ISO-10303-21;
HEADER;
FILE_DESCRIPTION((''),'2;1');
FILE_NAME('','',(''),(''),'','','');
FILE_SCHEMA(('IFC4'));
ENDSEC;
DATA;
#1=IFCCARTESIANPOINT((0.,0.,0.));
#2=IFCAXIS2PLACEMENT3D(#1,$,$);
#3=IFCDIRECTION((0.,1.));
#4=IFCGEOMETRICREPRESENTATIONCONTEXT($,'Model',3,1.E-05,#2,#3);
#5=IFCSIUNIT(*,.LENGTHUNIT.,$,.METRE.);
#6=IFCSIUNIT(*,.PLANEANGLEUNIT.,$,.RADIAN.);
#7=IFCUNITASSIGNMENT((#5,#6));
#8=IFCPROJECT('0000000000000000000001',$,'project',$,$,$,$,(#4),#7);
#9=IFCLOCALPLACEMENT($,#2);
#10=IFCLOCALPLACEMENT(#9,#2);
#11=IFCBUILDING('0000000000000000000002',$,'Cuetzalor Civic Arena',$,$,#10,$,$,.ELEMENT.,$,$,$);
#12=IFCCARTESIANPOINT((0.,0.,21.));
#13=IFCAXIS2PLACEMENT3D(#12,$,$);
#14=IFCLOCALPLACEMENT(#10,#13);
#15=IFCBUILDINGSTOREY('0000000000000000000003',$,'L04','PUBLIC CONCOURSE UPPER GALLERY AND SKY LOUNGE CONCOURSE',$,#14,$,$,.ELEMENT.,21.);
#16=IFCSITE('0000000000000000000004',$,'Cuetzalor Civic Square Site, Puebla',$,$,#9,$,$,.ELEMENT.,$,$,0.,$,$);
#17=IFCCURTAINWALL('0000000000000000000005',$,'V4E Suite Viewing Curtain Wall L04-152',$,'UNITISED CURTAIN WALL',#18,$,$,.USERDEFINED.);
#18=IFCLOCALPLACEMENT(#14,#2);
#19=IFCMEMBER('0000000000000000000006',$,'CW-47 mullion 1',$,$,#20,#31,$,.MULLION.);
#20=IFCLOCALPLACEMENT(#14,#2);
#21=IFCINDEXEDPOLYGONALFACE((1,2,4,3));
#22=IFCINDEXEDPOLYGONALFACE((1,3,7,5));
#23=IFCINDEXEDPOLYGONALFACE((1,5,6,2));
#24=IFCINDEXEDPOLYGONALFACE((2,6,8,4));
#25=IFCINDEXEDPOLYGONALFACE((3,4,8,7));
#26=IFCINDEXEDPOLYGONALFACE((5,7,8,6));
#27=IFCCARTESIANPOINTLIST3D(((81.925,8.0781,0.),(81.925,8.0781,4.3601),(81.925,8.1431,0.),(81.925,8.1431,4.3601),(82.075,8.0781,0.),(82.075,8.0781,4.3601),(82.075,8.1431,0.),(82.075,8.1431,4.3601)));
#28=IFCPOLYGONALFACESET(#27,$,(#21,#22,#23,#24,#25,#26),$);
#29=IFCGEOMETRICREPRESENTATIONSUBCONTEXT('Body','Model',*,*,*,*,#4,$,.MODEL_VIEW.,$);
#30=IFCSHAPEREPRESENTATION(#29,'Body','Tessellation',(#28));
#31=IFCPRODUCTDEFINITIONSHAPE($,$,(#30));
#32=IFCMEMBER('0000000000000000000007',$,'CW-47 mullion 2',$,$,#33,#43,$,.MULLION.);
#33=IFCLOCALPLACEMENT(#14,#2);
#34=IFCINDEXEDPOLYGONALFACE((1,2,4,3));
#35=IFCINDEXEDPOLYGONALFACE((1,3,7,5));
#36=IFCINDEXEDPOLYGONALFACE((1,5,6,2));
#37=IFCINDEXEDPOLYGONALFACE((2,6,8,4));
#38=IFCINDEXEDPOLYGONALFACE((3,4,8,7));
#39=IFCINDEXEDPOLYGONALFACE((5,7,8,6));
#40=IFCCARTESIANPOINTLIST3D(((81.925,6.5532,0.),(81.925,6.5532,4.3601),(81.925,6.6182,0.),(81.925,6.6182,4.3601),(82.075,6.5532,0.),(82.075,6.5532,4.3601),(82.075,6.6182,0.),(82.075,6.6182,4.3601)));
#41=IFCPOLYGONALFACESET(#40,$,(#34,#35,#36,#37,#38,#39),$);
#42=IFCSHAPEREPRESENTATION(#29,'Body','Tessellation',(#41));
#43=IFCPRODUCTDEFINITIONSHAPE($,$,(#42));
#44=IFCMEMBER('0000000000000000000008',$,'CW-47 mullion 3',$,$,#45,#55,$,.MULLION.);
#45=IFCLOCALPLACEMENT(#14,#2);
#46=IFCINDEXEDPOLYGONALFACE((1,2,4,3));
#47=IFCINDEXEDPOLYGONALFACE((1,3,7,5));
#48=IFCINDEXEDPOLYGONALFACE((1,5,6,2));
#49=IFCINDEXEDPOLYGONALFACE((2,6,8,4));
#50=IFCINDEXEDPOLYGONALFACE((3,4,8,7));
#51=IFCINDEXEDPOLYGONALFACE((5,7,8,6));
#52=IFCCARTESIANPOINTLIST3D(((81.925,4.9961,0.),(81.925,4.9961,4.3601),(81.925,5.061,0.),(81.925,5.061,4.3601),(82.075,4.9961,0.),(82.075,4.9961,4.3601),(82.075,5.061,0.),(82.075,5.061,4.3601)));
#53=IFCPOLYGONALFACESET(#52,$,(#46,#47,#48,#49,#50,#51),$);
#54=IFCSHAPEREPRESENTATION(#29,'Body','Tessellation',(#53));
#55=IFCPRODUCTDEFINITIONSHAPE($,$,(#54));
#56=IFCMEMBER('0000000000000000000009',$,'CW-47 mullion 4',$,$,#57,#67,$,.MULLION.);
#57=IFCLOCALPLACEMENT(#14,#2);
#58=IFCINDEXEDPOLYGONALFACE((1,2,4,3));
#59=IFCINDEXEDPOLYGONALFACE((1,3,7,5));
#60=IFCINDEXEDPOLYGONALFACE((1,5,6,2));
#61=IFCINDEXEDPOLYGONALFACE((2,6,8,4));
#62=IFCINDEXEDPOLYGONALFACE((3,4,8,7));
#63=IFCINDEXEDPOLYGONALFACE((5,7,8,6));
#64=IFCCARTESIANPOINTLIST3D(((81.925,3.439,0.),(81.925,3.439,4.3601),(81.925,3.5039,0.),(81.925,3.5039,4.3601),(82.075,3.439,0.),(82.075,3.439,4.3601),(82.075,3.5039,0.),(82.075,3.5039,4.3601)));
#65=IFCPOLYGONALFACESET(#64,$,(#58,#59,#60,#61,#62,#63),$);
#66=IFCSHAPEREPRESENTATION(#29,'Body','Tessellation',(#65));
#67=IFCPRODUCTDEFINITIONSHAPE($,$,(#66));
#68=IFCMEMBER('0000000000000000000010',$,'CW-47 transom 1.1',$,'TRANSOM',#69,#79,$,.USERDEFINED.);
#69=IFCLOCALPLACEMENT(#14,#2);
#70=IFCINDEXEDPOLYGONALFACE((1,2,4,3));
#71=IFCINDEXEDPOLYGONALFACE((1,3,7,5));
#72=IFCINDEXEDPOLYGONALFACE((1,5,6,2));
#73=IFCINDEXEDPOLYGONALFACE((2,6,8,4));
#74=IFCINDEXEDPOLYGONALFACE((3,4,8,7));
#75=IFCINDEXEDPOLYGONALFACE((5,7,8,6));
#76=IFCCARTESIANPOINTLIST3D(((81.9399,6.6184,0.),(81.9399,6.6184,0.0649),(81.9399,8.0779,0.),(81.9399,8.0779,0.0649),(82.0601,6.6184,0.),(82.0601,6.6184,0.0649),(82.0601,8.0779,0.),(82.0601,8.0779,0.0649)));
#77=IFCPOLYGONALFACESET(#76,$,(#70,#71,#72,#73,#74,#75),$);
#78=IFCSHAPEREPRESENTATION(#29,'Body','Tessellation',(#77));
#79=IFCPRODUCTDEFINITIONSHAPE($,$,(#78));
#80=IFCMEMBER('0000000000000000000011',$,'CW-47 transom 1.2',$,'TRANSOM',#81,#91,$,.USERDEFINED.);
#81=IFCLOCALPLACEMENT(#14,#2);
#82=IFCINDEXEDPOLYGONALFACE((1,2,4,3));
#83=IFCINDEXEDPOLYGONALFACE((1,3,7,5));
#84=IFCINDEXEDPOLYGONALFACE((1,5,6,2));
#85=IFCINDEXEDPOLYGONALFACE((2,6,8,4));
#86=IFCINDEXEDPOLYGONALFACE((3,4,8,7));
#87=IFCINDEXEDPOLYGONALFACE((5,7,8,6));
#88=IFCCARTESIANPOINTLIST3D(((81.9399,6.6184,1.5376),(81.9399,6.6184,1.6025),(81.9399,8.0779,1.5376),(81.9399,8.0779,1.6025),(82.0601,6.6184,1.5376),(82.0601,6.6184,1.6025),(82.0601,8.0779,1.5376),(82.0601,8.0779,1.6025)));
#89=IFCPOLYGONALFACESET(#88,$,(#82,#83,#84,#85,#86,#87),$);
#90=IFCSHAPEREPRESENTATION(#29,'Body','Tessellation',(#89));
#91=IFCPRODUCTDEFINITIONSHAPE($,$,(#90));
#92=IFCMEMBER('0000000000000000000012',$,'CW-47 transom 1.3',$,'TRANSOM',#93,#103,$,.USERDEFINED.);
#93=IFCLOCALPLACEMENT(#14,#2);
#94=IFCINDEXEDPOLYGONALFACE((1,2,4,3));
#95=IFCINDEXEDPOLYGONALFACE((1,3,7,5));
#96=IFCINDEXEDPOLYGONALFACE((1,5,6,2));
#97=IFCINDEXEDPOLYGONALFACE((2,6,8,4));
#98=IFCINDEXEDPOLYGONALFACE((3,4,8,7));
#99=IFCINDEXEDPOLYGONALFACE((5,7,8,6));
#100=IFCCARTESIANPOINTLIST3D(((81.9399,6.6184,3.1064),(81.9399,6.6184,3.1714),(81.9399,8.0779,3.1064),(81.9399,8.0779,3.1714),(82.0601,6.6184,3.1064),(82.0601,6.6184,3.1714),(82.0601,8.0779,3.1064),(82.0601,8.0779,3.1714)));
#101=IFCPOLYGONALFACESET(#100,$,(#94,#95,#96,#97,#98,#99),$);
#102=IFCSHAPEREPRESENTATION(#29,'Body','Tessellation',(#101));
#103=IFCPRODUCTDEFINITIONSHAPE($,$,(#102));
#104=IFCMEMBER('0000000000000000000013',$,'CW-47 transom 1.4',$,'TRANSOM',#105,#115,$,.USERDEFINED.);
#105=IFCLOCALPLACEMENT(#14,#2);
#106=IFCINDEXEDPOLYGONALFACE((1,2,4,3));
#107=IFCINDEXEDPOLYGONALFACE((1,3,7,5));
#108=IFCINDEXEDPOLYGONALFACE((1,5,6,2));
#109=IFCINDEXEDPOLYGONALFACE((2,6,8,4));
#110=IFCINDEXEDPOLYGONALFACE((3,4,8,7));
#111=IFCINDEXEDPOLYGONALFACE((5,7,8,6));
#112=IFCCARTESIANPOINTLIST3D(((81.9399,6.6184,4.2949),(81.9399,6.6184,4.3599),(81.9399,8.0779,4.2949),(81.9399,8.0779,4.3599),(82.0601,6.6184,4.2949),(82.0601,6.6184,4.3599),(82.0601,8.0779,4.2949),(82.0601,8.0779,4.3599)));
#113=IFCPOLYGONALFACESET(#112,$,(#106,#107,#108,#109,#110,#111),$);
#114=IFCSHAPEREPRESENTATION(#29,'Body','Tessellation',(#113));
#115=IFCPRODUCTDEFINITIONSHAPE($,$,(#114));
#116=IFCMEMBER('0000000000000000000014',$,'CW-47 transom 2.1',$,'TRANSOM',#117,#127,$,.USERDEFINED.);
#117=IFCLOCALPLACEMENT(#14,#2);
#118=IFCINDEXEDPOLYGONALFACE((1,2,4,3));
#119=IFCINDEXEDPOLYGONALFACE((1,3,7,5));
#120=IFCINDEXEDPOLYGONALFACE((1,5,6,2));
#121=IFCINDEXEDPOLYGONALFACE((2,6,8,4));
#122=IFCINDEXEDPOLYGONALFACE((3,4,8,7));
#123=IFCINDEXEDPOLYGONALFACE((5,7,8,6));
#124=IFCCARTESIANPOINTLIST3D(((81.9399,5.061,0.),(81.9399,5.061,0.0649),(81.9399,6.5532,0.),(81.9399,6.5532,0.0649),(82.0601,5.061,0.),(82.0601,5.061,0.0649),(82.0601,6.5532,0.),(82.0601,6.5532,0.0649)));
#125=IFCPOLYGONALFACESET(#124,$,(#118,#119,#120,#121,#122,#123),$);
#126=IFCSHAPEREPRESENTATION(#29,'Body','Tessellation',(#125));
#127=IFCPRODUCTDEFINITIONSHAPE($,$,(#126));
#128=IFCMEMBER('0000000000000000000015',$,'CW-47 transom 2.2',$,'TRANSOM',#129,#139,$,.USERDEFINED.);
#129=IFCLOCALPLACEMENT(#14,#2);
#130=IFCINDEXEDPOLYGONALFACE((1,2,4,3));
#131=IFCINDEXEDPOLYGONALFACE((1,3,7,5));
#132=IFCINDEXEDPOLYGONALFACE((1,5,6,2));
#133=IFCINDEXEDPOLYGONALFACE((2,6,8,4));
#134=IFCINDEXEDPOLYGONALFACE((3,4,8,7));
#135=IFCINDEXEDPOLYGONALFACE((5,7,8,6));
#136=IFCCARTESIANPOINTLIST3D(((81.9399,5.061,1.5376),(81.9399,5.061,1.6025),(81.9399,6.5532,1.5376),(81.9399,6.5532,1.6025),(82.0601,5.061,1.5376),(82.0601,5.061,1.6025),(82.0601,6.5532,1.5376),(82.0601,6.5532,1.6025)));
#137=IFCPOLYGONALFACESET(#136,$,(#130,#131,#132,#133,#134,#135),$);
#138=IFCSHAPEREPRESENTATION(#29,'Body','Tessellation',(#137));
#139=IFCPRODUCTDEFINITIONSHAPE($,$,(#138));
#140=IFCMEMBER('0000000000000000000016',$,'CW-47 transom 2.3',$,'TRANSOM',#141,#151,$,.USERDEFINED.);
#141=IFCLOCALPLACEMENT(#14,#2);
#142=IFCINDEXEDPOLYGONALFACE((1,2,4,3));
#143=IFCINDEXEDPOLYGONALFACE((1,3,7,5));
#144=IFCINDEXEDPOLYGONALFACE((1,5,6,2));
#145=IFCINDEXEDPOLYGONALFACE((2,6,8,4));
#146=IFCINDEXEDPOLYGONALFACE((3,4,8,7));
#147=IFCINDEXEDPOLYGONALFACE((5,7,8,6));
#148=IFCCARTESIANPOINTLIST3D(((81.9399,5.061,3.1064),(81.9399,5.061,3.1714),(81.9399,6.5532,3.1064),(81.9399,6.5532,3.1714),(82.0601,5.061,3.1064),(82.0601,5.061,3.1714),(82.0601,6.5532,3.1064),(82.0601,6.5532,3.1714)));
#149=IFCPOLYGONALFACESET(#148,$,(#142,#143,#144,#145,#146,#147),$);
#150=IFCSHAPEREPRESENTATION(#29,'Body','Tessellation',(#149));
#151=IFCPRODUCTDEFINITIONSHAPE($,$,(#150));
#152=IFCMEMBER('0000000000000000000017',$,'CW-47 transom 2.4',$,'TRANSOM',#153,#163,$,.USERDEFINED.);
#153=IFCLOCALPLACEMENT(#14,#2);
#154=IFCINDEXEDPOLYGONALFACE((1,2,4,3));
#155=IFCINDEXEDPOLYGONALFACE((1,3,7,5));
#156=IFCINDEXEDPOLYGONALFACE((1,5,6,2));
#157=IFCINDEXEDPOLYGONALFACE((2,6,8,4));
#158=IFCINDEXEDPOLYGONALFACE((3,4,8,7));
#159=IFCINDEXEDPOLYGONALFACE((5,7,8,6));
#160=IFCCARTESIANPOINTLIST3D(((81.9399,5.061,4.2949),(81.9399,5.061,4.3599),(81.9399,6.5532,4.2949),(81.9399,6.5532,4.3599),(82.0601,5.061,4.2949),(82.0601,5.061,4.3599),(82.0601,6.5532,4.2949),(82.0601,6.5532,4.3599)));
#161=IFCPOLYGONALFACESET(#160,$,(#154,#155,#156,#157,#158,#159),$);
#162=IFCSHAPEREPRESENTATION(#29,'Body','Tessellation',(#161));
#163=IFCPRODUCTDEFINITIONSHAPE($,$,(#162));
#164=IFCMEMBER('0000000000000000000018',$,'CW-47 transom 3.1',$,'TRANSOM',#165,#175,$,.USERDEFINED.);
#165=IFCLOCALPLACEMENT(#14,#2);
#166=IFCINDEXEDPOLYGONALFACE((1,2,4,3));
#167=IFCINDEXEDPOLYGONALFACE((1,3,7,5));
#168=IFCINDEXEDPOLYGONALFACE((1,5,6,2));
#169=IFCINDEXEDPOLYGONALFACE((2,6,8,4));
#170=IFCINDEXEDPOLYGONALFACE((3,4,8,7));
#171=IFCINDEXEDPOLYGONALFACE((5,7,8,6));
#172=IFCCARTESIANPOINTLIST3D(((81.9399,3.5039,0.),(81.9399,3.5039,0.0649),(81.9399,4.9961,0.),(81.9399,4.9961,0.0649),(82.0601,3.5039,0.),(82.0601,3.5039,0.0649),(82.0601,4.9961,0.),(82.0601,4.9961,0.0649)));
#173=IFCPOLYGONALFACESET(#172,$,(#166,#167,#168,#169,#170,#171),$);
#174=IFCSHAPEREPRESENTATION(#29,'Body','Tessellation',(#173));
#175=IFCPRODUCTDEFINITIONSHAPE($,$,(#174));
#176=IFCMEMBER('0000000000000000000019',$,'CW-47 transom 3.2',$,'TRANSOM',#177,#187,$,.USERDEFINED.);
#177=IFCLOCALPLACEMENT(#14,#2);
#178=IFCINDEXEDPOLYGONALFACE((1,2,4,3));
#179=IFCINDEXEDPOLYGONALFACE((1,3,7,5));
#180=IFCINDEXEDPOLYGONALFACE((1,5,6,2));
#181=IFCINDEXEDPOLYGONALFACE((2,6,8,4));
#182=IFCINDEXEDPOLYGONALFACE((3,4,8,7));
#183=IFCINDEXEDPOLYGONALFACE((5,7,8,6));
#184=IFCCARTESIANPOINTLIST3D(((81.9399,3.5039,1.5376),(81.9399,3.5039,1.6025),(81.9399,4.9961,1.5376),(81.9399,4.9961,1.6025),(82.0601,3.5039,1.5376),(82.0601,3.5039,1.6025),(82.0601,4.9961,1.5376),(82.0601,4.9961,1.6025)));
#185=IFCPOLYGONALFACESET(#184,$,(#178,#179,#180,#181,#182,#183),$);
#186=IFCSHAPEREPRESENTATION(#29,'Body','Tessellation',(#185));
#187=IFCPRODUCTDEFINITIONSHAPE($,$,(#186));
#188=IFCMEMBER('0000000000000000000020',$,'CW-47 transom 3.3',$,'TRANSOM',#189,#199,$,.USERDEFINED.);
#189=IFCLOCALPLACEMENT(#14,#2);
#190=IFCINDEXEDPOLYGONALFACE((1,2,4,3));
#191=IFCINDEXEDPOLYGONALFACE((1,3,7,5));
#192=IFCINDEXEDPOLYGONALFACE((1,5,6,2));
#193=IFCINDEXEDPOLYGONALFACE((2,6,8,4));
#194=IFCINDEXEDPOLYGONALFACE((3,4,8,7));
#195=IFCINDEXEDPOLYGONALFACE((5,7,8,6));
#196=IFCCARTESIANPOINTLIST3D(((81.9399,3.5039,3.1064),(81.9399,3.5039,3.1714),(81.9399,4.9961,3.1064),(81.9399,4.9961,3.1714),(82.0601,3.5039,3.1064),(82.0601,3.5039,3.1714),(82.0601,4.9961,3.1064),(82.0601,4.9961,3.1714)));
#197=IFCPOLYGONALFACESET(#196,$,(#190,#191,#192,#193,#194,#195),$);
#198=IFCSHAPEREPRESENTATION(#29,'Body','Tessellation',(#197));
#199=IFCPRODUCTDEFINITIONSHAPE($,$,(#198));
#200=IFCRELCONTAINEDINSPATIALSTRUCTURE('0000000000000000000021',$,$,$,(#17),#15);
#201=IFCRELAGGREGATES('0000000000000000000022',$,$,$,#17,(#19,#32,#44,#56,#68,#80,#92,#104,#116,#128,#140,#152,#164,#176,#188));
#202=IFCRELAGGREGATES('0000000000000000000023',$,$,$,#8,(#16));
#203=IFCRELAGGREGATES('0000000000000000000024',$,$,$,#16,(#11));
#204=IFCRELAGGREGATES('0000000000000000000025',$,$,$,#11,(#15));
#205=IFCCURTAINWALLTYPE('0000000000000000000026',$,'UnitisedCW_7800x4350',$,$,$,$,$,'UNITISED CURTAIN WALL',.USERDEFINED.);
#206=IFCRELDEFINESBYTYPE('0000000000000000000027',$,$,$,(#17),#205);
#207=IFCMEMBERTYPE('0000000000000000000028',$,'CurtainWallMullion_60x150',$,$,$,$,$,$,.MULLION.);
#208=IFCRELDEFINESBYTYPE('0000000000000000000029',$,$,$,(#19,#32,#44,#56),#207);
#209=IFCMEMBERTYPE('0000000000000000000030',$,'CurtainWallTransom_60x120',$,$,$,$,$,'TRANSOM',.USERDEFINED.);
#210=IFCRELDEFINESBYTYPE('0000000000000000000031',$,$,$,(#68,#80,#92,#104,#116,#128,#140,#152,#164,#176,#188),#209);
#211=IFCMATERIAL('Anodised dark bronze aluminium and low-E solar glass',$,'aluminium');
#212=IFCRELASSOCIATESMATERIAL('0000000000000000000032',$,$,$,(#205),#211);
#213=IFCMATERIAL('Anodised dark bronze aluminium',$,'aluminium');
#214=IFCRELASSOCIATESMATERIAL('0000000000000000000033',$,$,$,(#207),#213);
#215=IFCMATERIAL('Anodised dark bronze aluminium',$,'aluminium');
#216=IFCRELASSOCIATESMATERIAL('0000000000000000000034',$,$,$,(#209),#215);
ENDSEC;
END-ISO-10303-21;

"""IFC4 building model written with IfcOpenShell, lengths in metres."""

from ifc_helpers import new_model, si_unit, direction, frame, origin, origin_2d, place, context, subcontext, project, spatial, rectangle, extrude, material, material_profile, profile_set, type_object, element, aggregate, save


model = new_model("IFC4")

# Units and contexts
model_context = context("Model", 3, precision=1e-05, world=origin(), true_north=direction((0.0, 1.0)))
body_context = subcontext(model_context, "Body", "Model", "MODEL_VIEW")
ifc_project = project(units=[si_unit("LENGTHUNIT", "METRE"), si_unit("PLANEANGLEUNIT", "RADIAN")], contexts=[model_context])

# Site, building, storey
site_placement = place(None, origin())
site = spatial("IfcSite", under=ifc_project, at=site_placement, Name="Cuetzalor Civic Square Site, Puebla", CompositionType="ELEMENT", RefElevation=0.0)
building_placement = place(site_placement, origin())
building = spatial("IfcBuilding", under=site, at=building_placement, Name="Cuetzalor Civic Arena", CompositionType="ELEMENT")
storey_placement = place(building_placement, frame((0.0, 0.0, 21.0)))
storey = spatial("IfcBuildingStorey", under=building, at=storey_placement, Name="L04", Description="PUBLIC CONCOURSE UPPER GALLERY AND SKY LOUNGE CONCOURSE", CompositionType="ELEMENT", Elevation=21.0)

# Curtain wall, members
ifc_material_1 = material(Name="Anodised dark bronze aluminium and low-E solar glass", Category="aluminium")
curtain_wall_type = type_object("IfcCurtainWallType", Name="UnitisedCW_7800x4350", ElementType="UNITISED CURTAIN WALL", PredefinedType="USERDEFINED", material=ifc_material_1)
curtain_wall_placement = place(storey_placement, origin())
curtain_wall = element("IfcCurtainWall", 1, at=curtain_wall_placement, inside=storey, type_object=curtain_wall_type, Name="V4E Suite Viewing Curtain Wall L04-152", ObjectType="UNITISED CURTAIN WALL", PredefinedType="USERDEFINED")
ifc_material_2 = material(Name="Anodised dark bronze aluminium", Category="aluminium")
ifc_material_profile_1 = material_profile(ifc_material_2, rectangle(XDim=0.0649, YDim=0.1499, at=origin_2d()), Name="ALU MULLION 65x150")
ifc_profile_set_1 = profile_set([ifc_material_profile_1], Name="Anodised dark bronze aluminium")
member_type_1 = type_object("IfcMemberType", Name="CurtainWallMullion_60x150", PredefinedType="MULLION", material=ifc_profile_set_1)
member_1_placement = place(storey_placement, frame((82.0, 8.1106, 0.0), z_axis=(0.0, 0.0, 1.0), x_axis=(0.0, -1.0, 0.0)))
member_1 = element("IfcMember", 2, at=member_1_placement, type_object=member_type_1, Name="CW-47 mullion 1", PredefinedType="MULLION", context=body_context, shape_type="SweptSolid", body=[
    extrude(rectangle(XDim=0.0649, YDim=0.1499, at=origin_2d()), origin(), (0.0, 0.0, 1.0), 4.3601),
])
member_2_placement = place(storey_placement, frame((82.0, 6.5857, 0.0), z_axis=(0.0, 0.0, 1.0), x_axis=(0.0, -1.0, 0.0)))
member_2 = element("IfcMember", 3, at=member_2_placement, type_object=member_type_1, Name="CW-47 mullion 2", PredefinedType="MULLION", context=body_context, shape_type="SweptSolid", body=[
    extrude(rectangle(XDim=0.0649, YDim=0.1499, at=origin_2d()), origin(), (0.0, 0.0, 1.0), 4.3601),
])
member_3_placement = place(storey_placement, frame((82.0, 5.0286, 0.0), z_axis=(0.0, 0.0, 1.0), x_axis=(0.0, -1.0, 0.0)))
member_3 = element("IfcMember", 4, at=member_3_placement, type_object=member_type_1, Name="CW-47 mullion 3", PredefinedType="MULLION", context=body_context, shape_type="SweptSolid", body=[
    extrude(rectangle(XDim=0.0649, YDim=0.1499, at=origin_2d()), origin(), (0.0, 0.0, 1.0), 4.3601),
])
member_4_placement = place(storey_placement, frame((82.0, 3.4714, 0.0), z_axis=(0.0, 0.0, 1.0), x_axis=(0.0, -1.0, 0.0)))
member_4 = element("IfcMember", 5, at=member_4_placement, type_object=member_type_1, Name="CW-47 mullion 4", PredefinedType="MULLION", context=body_context, shape_type="SweptSolid", body=[
    extrude(rectangle(XDim=0.0649, YDim=0.1499, at=origin_2d()), origin(), (0.0, 0.0, 1.0), 4.3601),
])
ifc_material_3 = material(Name="Anodised dark bronze aluminium", Category="aluminium")
ifc_material_profile_2 = material_profile(ifc_material_3, rectangle(XDim=0.1201, YDim=0.0649, at=origin_2d()), Name="ALU TRANSOM 65x120")
ifc_profile_set_2 = profile_set([ifc_material_profile_2], Name="Anodised dark bronze aluminium")
member_type_2 = type_object("IfcMemberType", Name="CurtainWallTransom_60x120", ElementType="TRANSOM", PredefinedType="USERDEFINED", material=ifc_profile_set_2)
member_5_placement = place(storey_placement, frame((82.0, 8.0779, 0.0325), z_axis=(0.0, -1.0, 0.0), x_axis=(1.0, 0.0, 0.0)))
member_5 = element("IfcMember", 6, at=member_5_placement, type_object=member_type_2, Name="CW-47 transom 1.1", ObjectType="TRANSOM", PredefinedType="USERDEFINED", context=body_context, shape_type="SweptSolid", body=[
    extrude(rectangle(XDim=0.1201, YDim=0.0649, at=origin_2d()), origin(), (0.0, 0.0, 1.0), 1.4595),
])
member_6_placement = place(storey_placement, frame((82.0, 8.0779, 1.5701), z_axis=(0.0, -1.0, 0.0), x_axis=(1.0, 0.0, 0.0)))
member_6 = element("IfcMember", 7, at=member_6_placement, type_object=member_type_2, Name="CW-47 transom 1.2", ObjectType="TRANSOM", PredefinedType="USERDEFINED", context=body_context, shape_type="SweptSolid", body=[
    extrude(rectangle(XDim=0.1201, YDim=0.0649, at=origin_2d()), origin(), (0.0, 0.0, 1.0), 1.4595),
])
member_7_placement = place(storey_placement, frame((82.0, 8.0779, 3.1389), z_axis=(0.0, -1.0, 0.0), x_axis=(1.0, 0.0, 0.0)))
member_7 = element("IfcMember", 8, at=member_7_placement, type_object=member_type_2, Name="CW-47 transom 1.3", ObjectType="TRANSOM", PredefinedType="USERDEFINED", context=body_context, shape_type="SweptSolid", body=[
    extrude(rectangle(XDim=0.1201, YDim=0.0649, at=origin_2d()), origin(), (0.0, 0.0, 1.0), 1.4595),
])
member_8_placement = place(storey_placement, frame((82.0, 8.0779, 4.3274), z_axis=(0.0, -1.0, 0.0), x_axis=(1.0, 0.0, 0.0)))
member_8 = element("IfcMember", 9, at=member_8_placement, type_object=member_type_2, Name="CW-47 transom 1.4", ObjectType="TRANSOM", PredefinedType="USERDEFINED", context=body_context, shape_type="SweptSolid", body=[
    extrude(rectangle(XDim=0.1201, YDim=0.0649, at=origin_2d()), origin(), (0.0, 0.0, 1.0), 1.4595),
])
member_9_placement = place(storey_placement, frame((82.0, 6.5532, 0.0325), z_axis=(0.0, -1.0, 0.0), x_axis=(1.0, 0.0, 0.0)))
member_9 = element("IfcMember", 10, at=member_9_placement, type_object=member_type_2, Name="CW-47 transom 2.1", ObjectType="TRANSOM", PredefinedType="USERDEFINED", context=body_context, shape_type="SweptSolid", body=[
    extrude(rectangle(XDim=0.1201, YDim=0.0649, at=origin_2d()), origin(), (0.0, 0.0, 1.0), 1.4922),
])
member_10_placement = place(storey_placement, frame((82.0, 6.5532, 1.5701), z_axis=(0.0, -1.0, 0.0), x_axis=(1.0, 0.0, 0.0)))
member_10 = element("IfcMember", 11, at=member_10_placement, type_object=member_type_2, Name="CW-47 transom 2.2", ObjectType="TRANSOM", PredefinedType="USERDEFINED", context=body_context, shape_type="SweptSolid", body=[
    extrude(rectangle(XDim=0.1201, YDim=0.0649, at=origin_2d()), origin(), (0.0, 0.0, 1.0), 1.4922),
])
member_11_placement = place(storey_placement, frame((82.0, 6.5532, 3.1389), z_axis=(0.0, -1.0, 0.0), x_axis=(1.0, 0.0, 0.0)))
member_11 = element("IfcMember", 12, at=member_11_placement, type_object=member_type_2, Name="CW-47 transom 2.3", ObjectType="TRANSOM", PredefinedType="USERDEFINED", context=body_context, shape_type="SweptSolid", body=[
    extrude(rectangle(XDim=0.1201, YDim=0.0649, at=origin_2d()), origin(), (0.0, 0.0, 1.0), 1.4922),
])
member_12_placement = place(storey_placement, frame((82.0, 6.5532, 4.3274), z_axis=(0.0, -1.0, 0.0), x_axis=(1.0, 0.0, 0.0)))
member_12 = element("IfcMember", 13, at=member_12_placement, type_object=member_type_2, Name="CW-47 transom 2.4", ObjectType="TRANSOM", PredefinedType="USERDEFINED", context=body_context, shape_type="SweptSolid", body=[
    extrude(rectangle(XDim=0.1201, YDim=0.0649, at=origin_2d()), origin(), (0.0, 0.0, 1.0), 1.4922),
])
member_13_placement = place(storey_placement, frame((82.0, 4.9961, 0.0325), z_axis=(0.0, -1.0, 0.0), x_axis=(1.0, 0.0, 0.0)))
member_13 = element("IfcMember", 14, at=member_13_placement, type_object=member_type_2, Name="CW-47 transom 3.1", ObjectType="TRANSOM", PredefinedType="USERDEFINED", context=body_context, shape_type="SweptSolid", body=[
    extrude(rectangle(XDim=0.1201, YDim=0.0649, at=origin_2d()), origin(), (0.0, 0.0, 1.0), 1.4922),
])
member_14_placement = place(storey_placement, frame((82.0, 4.9961, 1.5701), z_axis=(0.0, -1.0, 0.0), x_axis=(1.0, 0.0, 0.0)))
member_14 = element("IfcMember", 15, at=member_14_placement, type_object=member_type_2, Name="CW-47 transom 3.2", ObjectType="TRANSOM", PredefinedType="USERDEFINED", context=body_context, shape_type="SweptSolid", body=[
    extrude(rectangle(XDim=0.1201, YDim=0.0649, at=origin_2d()), origin(), (0.0, 0.0, 1.0), 1.4922),
])
member_15_placement = place(storey_placement, frame((82.0, 4.9961, 3.1389), z_axis=(0.0, -1.0, 0.0), x_axis=(1.0, 0.0, 0.0)))
member_15 = element("IfcMember", 16, at=member_15_placement, type_object=member_type_2, Name="CW-47 transom 3.3", ObjectType="TRANSOM", PredefinedType="USERDEFINED", context=body_context, shape_type="SweptSolid", body=[
    extrude(rectangle(XDim=0.1201, YDim=0.0649, at=origin_2d()), origin(), (0.0, 0.0, 1.0), 1.4922),
])
aggregate(curtain_wall, [member_1, member_2, member_3, member_4, member_5, member_6, member_7, member_8, member_9, member_10, member_11, member_12, member_13, member_14, member_15])

save(model, "model.ifc")
